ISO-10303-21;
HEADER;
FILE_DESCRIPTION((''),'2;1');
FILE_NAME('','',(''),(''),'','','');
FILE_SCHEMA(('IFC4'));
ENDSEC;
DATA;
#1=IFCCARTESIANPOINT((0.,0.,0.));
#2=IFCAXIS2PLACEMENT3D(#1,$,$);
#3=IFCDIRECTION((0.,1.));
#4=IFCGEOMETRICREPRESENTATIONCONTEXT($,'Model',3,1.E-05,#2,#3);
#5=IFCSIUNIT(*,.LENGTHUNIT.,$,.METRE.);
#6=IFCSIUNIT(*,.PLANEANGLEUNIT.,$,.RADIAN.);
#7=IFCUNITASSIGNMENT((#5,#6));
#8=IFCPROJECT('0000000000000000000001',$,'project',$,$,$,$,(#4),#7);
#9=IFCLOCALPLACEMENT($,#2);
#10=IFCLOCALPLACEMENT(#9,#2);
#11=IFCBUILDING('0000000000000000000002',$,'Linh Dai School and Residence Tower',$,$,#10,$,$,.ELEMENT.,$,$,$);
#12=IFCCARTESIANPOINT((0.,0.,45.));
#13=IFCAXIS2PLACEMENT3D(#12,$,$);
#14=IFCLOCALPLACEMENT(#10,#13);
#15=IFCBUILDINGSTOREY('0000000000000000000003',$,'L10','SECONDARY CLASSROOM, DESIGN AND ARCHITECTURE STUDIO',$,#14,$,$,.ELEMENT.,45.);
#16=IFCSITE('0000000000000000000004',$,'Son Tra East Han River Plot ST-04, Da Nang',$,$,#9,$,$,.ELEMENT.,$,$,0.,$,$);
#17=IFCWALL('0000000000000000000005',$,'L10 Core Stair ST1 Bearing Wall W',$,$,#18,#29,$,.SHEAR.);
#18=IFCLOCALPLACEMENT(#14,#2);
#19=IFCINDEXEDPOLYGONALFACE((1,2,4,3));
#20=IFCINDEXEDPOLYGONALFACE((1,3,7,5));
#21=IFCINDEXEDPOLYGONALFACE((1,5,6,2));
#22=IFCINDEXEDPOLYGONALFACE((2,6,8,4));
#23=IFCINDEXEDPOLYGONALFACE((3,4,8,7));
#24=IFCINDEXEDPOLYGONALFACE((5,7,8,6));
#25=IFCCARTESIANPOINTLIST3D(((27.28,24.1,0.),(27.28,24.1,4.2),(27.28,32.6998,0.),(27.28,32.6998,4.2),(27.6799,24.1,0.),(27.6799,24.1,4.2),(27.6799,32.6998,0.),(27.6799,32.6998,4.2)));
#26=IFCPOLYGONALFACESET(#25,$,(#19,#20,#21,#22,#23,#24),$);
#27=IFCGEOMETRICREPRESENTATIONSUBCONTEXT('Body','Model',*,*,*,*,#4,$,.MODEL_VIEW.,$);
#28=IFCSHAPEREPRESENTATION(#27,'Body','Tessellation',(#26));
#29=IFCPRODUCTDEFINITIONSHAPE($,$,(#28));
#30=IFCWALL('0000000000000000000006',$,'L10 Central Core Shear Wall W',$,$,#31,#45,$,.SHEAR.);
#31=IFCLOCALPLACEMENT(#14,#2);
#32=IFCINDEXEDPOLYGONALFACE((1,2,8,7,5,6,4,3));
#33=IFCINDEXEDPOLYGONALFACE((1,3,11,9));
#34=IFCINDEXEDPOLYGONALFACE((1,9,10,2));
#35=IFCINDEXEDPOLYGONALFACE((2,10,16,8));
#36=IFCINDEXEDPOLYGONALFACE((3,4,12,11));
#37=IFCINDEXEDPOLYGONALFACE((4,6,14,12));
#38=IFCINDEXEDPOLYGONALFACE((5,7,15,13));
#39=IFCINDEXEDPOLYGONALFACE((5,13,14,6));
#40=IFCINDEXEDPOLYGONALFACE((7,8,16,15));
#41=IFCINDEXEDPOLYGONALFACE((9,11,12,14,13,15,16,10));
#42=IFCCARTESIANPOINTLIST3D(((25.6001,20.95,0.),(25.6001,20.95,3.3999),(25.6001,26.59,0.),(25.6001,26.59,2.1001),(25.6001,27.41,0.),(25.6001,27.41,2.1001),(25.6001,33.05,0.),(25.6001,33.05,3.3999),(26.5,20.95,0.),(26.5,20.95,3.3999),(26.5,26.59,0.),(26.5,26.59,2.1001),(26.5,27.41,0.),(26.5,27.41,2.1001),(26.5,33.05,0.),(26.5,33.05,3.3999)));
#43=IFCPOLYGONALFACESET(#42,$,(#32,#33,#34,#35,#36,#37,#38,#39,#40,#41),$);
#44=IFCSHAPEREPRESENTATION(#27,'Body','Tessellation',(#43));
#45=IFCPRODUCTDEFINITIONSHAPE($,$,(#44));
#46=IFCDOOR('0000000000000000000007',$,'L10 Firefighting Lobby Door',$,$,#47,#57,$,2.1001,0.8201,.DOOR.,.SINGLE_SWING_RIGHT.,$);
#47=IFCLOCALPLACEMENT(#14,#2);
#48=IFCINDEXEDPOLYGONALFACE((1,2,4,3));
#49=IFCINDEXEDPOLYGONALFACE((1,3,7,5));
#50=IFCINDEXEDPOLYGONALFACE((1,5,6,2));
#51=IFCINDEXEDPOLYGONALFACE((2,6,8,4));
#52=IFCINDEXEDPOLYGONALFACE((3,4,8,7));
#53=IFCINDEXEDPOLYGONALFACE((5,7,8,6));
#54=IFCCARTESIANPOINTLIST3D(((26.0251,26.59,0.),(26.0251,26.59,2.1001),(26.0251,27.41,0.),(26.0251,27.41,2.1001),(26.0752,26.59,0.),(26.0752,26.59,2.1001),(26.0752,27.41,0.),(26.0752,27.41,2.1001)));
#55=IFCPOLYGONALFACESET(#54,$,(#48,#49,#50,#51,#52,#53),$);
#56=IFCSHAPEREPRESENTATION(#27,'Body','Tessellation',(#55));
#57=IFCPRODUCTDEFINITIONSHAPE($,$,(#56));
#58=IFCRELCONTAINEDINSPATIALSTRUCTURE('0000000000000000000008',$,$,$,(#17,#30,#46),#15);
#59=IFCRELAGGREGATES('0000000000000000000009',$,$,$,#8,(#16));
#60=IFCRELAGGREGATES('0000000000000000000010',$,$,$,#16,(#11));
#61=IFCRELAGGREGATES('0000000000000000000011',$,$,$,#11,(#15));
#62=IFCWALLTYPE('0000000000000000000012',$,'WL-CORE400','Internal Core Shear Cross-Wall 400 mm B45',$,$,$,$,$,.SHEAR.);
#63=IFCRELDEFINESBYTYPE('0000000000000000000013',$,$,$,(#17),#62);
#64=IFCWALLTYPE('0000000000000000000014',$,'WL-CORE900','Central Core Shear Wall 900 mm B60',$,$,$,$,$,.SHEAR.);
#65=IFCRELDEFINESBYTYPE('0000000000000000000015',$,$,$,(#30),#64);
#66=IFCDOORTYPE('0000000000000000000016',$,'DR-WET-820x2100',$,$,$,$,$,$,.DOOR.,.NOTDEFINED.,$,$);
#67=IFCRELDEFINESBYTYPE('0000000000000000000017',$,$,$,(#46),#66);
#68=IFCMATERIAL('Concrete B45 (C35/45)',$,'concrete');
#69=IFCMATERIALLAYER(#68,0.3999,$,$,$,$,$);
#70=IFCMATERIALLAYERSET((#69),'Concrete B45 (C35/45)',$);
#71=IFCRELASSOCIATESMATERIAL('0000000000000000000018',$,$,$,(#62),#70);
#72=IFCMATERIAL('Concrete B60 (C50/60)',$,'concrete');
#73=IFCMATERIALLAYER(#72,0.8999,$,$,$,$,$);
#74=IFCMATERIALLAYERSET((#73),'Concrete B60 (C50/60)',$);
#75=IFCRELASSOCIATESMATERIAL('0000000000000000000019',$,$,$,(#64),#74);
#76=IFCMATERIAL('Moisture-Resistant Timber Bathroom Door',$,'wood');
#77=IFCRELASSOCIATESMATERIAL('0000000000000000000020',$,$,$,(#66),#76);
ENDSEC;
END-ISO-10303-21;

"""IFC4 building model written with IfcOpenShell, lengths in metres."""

from ifc_helpers import new_model, si_unit, direction, frame, frame_2d, origin, origin_2d, place, context, subcontext, project, spatial, rectangle, extrude, source, transform, mapped, material, layer, layer_set, type_object, element, fill, save


model = new_model("IFC4")

# Units and contexts
model_context = context("Model", 3, precision=1e-05, world=origin(), true_north=direction((0.0, 1.0)))
body_context = subcontext(model_context, "Body", "Model", "MODEL_VIEW")
ifc_project = project(units=[si_unit("LENGTHUNIT", "METRE"), si_unit("PLANEANGLEUNIT", "RADIAN")], contexts=[model_context])

# Site, building, storey
site_placement = place(None, origin())
site = spatial("IfcSite", under=ifc_project, at=site_placement, Name="Son Tra East Han River Plot ST-04, Da Nang", CompositionType="ELEMENT", RefElevation=0.0)
building_placement = place(site_placement, origin())
building = spatial("IfcBuilding", under=site, at=building_placement, Name="Linh Dai School and Residence Tower", CompositionType="ELEMENT")
storey_placement = place(building_placement, frame((0.0, 0.0, 45.0)))
storey = spatial("IfcBuildingStorey", under=building, at=storey_placement, Name="L10", Description="SECONDARY CLASSROOM, DESIGN AND ARCHITECTURE STUDIO", CompositionType="ELEMENT", Elevation=45.0)

# Shared definitions
ifc_material_1 = material(Name="Concrete B45 (C35/45)", Category="concrete")

# Wall
ifc_layer_1 = layer(ifc_material_1, 0.3999)
ifc_layer_set_1 = layer_set([ifc_layer_1], Name="Concrete B45 (C35/45)")
wall_type_1 = type_object("IfcWallType", Name="WL-CORE400", Description="Internal Core Shear Cross-Wall 400 mm B45", PredefinedType="SHEAR", material=ifc_layer_set_1)
wall_1_placement = place(storey_placement, frame((27.48, 24.1001, 0.0), z_axis=(0.0, 0.0, 1.0), x_axis=(0.0, 1.0, 0.0)))
element("IfcWall", 1, at=wall_1_placement, inside=storey, type_object=wall_type_1, Name="L10 Core Stair ST1 Bearing Wall W", PredefinedType="SHEAR", context=body_context, shape_type="SweptSolid", body=[
    extrude(rectangle(XDim=8.5999, YDim=0.3999, at=frame_2d((4.2998, 0.0))), origin(), (0.0, 0.0, 1.0), 4.2),
])

# Wall, opening, door
ifc_material_2 = material(Name="Concrete B60 (C50/60)", Category="concrete")
ifc_layer_2 = layer(ifc_material_2, 0.8999)
ifc_layer_set_2 = layer_set([ifc_layer_2], Name="Concrete B60 (C50/60)")
wall_type_2 = type_object("IfcWallType", Name="WL-CORE900", Description="Central Core Shear Wall 900 mm B60", PredefinedType="SHEAR", material=ifc_layer_set_2)
wall_2_placement = place(storey_placement, frame((26.05, 20.95, 0.0), z_axis=(0.0, 0.0, 1.0), x_axis=(0.0, 1.0, 0.0)))
wall_2 = element("IfcWall", 2, at=wall_2_placement, inside=storey, type_object=wall_type_2, Name="L10 Central Core Shear Wall W", PredefinedType="SHEAR", context=body_context, shape_type="SweptSolid", body=[
    extrude(rectangle(XDim=12.1001, YDim=0.8999, at=frame_2d((6.05, 0.0))), origin(), (0.0, 0.0, 1.0), 3.3999),
])
opening_1_placement = place(wall_2_placement, frame((5.6399, 0.0, 0.0)))
opening_1 = element("IfcOpeningElement", 3, at=opening_1_placement, cuts=wall_2, PredefinedType="OPENING", context=body_context, shape_type="SweptSolid", body=[
    extrude(rectangle(XDim=0.8201, YDim=2.1001, at=origin_2d()), frame((0.4102, 0.46, 1.05), z_axis=(0.0, -1.0, 0.0), x_axis=(1.0, 0.0, 0.0)), (0.0, 0.0, 1.0), 0.9199),
])
ifc_material_3 = material(Name="Moisture-Resistant Timber Bathroom Door", Category="wood")
door_type_1 = type_object("IfcDoorType", Name="DR-WET-820x2100", OperationType="NOTDEFINED", PredefinedType="DOOR", material=ifc_material_3)
shared_shape_1 = source(origin(), body_context, "Body", "SweptSolid", [
    extrude(rectangle(XDim=0.8201, YDim=2.1001, at=origin_2d()), frame((0.4102, 0.0249, 1.05), z_axis=(0.0, -1.0, 0.0), x_axis=(1.0, 0.0, 0.0)), (0.0, 0.0, 1.0), 0.05),
])
door_1_placement = place(opening_1_placement, origin())
door_1 = element("IfcDoor", 4, at=door_1_placement, inside=storey, type_object=door_type_1, Name="L10 Firefighting Lobby Door", OperationType="SINGLE_SWING_RIGHT", OverallHeight=2.1001, OverallWidth=0.8201, PredefinedType="DOOR", context=body_context, shape_type="MappedRepresentation", body=[
    mapped(shared_shape_1, transform((0.0, 0.0, 0.0), x_axis=(1.0, 0.0, 0.0), y_axis=(0.0, 1.0, 0.0), z_axis=(0.0, 0.0, 1.0), scale=1.0)),
])
fill(opening_1, door_1)

save(model, "model.ifc")
